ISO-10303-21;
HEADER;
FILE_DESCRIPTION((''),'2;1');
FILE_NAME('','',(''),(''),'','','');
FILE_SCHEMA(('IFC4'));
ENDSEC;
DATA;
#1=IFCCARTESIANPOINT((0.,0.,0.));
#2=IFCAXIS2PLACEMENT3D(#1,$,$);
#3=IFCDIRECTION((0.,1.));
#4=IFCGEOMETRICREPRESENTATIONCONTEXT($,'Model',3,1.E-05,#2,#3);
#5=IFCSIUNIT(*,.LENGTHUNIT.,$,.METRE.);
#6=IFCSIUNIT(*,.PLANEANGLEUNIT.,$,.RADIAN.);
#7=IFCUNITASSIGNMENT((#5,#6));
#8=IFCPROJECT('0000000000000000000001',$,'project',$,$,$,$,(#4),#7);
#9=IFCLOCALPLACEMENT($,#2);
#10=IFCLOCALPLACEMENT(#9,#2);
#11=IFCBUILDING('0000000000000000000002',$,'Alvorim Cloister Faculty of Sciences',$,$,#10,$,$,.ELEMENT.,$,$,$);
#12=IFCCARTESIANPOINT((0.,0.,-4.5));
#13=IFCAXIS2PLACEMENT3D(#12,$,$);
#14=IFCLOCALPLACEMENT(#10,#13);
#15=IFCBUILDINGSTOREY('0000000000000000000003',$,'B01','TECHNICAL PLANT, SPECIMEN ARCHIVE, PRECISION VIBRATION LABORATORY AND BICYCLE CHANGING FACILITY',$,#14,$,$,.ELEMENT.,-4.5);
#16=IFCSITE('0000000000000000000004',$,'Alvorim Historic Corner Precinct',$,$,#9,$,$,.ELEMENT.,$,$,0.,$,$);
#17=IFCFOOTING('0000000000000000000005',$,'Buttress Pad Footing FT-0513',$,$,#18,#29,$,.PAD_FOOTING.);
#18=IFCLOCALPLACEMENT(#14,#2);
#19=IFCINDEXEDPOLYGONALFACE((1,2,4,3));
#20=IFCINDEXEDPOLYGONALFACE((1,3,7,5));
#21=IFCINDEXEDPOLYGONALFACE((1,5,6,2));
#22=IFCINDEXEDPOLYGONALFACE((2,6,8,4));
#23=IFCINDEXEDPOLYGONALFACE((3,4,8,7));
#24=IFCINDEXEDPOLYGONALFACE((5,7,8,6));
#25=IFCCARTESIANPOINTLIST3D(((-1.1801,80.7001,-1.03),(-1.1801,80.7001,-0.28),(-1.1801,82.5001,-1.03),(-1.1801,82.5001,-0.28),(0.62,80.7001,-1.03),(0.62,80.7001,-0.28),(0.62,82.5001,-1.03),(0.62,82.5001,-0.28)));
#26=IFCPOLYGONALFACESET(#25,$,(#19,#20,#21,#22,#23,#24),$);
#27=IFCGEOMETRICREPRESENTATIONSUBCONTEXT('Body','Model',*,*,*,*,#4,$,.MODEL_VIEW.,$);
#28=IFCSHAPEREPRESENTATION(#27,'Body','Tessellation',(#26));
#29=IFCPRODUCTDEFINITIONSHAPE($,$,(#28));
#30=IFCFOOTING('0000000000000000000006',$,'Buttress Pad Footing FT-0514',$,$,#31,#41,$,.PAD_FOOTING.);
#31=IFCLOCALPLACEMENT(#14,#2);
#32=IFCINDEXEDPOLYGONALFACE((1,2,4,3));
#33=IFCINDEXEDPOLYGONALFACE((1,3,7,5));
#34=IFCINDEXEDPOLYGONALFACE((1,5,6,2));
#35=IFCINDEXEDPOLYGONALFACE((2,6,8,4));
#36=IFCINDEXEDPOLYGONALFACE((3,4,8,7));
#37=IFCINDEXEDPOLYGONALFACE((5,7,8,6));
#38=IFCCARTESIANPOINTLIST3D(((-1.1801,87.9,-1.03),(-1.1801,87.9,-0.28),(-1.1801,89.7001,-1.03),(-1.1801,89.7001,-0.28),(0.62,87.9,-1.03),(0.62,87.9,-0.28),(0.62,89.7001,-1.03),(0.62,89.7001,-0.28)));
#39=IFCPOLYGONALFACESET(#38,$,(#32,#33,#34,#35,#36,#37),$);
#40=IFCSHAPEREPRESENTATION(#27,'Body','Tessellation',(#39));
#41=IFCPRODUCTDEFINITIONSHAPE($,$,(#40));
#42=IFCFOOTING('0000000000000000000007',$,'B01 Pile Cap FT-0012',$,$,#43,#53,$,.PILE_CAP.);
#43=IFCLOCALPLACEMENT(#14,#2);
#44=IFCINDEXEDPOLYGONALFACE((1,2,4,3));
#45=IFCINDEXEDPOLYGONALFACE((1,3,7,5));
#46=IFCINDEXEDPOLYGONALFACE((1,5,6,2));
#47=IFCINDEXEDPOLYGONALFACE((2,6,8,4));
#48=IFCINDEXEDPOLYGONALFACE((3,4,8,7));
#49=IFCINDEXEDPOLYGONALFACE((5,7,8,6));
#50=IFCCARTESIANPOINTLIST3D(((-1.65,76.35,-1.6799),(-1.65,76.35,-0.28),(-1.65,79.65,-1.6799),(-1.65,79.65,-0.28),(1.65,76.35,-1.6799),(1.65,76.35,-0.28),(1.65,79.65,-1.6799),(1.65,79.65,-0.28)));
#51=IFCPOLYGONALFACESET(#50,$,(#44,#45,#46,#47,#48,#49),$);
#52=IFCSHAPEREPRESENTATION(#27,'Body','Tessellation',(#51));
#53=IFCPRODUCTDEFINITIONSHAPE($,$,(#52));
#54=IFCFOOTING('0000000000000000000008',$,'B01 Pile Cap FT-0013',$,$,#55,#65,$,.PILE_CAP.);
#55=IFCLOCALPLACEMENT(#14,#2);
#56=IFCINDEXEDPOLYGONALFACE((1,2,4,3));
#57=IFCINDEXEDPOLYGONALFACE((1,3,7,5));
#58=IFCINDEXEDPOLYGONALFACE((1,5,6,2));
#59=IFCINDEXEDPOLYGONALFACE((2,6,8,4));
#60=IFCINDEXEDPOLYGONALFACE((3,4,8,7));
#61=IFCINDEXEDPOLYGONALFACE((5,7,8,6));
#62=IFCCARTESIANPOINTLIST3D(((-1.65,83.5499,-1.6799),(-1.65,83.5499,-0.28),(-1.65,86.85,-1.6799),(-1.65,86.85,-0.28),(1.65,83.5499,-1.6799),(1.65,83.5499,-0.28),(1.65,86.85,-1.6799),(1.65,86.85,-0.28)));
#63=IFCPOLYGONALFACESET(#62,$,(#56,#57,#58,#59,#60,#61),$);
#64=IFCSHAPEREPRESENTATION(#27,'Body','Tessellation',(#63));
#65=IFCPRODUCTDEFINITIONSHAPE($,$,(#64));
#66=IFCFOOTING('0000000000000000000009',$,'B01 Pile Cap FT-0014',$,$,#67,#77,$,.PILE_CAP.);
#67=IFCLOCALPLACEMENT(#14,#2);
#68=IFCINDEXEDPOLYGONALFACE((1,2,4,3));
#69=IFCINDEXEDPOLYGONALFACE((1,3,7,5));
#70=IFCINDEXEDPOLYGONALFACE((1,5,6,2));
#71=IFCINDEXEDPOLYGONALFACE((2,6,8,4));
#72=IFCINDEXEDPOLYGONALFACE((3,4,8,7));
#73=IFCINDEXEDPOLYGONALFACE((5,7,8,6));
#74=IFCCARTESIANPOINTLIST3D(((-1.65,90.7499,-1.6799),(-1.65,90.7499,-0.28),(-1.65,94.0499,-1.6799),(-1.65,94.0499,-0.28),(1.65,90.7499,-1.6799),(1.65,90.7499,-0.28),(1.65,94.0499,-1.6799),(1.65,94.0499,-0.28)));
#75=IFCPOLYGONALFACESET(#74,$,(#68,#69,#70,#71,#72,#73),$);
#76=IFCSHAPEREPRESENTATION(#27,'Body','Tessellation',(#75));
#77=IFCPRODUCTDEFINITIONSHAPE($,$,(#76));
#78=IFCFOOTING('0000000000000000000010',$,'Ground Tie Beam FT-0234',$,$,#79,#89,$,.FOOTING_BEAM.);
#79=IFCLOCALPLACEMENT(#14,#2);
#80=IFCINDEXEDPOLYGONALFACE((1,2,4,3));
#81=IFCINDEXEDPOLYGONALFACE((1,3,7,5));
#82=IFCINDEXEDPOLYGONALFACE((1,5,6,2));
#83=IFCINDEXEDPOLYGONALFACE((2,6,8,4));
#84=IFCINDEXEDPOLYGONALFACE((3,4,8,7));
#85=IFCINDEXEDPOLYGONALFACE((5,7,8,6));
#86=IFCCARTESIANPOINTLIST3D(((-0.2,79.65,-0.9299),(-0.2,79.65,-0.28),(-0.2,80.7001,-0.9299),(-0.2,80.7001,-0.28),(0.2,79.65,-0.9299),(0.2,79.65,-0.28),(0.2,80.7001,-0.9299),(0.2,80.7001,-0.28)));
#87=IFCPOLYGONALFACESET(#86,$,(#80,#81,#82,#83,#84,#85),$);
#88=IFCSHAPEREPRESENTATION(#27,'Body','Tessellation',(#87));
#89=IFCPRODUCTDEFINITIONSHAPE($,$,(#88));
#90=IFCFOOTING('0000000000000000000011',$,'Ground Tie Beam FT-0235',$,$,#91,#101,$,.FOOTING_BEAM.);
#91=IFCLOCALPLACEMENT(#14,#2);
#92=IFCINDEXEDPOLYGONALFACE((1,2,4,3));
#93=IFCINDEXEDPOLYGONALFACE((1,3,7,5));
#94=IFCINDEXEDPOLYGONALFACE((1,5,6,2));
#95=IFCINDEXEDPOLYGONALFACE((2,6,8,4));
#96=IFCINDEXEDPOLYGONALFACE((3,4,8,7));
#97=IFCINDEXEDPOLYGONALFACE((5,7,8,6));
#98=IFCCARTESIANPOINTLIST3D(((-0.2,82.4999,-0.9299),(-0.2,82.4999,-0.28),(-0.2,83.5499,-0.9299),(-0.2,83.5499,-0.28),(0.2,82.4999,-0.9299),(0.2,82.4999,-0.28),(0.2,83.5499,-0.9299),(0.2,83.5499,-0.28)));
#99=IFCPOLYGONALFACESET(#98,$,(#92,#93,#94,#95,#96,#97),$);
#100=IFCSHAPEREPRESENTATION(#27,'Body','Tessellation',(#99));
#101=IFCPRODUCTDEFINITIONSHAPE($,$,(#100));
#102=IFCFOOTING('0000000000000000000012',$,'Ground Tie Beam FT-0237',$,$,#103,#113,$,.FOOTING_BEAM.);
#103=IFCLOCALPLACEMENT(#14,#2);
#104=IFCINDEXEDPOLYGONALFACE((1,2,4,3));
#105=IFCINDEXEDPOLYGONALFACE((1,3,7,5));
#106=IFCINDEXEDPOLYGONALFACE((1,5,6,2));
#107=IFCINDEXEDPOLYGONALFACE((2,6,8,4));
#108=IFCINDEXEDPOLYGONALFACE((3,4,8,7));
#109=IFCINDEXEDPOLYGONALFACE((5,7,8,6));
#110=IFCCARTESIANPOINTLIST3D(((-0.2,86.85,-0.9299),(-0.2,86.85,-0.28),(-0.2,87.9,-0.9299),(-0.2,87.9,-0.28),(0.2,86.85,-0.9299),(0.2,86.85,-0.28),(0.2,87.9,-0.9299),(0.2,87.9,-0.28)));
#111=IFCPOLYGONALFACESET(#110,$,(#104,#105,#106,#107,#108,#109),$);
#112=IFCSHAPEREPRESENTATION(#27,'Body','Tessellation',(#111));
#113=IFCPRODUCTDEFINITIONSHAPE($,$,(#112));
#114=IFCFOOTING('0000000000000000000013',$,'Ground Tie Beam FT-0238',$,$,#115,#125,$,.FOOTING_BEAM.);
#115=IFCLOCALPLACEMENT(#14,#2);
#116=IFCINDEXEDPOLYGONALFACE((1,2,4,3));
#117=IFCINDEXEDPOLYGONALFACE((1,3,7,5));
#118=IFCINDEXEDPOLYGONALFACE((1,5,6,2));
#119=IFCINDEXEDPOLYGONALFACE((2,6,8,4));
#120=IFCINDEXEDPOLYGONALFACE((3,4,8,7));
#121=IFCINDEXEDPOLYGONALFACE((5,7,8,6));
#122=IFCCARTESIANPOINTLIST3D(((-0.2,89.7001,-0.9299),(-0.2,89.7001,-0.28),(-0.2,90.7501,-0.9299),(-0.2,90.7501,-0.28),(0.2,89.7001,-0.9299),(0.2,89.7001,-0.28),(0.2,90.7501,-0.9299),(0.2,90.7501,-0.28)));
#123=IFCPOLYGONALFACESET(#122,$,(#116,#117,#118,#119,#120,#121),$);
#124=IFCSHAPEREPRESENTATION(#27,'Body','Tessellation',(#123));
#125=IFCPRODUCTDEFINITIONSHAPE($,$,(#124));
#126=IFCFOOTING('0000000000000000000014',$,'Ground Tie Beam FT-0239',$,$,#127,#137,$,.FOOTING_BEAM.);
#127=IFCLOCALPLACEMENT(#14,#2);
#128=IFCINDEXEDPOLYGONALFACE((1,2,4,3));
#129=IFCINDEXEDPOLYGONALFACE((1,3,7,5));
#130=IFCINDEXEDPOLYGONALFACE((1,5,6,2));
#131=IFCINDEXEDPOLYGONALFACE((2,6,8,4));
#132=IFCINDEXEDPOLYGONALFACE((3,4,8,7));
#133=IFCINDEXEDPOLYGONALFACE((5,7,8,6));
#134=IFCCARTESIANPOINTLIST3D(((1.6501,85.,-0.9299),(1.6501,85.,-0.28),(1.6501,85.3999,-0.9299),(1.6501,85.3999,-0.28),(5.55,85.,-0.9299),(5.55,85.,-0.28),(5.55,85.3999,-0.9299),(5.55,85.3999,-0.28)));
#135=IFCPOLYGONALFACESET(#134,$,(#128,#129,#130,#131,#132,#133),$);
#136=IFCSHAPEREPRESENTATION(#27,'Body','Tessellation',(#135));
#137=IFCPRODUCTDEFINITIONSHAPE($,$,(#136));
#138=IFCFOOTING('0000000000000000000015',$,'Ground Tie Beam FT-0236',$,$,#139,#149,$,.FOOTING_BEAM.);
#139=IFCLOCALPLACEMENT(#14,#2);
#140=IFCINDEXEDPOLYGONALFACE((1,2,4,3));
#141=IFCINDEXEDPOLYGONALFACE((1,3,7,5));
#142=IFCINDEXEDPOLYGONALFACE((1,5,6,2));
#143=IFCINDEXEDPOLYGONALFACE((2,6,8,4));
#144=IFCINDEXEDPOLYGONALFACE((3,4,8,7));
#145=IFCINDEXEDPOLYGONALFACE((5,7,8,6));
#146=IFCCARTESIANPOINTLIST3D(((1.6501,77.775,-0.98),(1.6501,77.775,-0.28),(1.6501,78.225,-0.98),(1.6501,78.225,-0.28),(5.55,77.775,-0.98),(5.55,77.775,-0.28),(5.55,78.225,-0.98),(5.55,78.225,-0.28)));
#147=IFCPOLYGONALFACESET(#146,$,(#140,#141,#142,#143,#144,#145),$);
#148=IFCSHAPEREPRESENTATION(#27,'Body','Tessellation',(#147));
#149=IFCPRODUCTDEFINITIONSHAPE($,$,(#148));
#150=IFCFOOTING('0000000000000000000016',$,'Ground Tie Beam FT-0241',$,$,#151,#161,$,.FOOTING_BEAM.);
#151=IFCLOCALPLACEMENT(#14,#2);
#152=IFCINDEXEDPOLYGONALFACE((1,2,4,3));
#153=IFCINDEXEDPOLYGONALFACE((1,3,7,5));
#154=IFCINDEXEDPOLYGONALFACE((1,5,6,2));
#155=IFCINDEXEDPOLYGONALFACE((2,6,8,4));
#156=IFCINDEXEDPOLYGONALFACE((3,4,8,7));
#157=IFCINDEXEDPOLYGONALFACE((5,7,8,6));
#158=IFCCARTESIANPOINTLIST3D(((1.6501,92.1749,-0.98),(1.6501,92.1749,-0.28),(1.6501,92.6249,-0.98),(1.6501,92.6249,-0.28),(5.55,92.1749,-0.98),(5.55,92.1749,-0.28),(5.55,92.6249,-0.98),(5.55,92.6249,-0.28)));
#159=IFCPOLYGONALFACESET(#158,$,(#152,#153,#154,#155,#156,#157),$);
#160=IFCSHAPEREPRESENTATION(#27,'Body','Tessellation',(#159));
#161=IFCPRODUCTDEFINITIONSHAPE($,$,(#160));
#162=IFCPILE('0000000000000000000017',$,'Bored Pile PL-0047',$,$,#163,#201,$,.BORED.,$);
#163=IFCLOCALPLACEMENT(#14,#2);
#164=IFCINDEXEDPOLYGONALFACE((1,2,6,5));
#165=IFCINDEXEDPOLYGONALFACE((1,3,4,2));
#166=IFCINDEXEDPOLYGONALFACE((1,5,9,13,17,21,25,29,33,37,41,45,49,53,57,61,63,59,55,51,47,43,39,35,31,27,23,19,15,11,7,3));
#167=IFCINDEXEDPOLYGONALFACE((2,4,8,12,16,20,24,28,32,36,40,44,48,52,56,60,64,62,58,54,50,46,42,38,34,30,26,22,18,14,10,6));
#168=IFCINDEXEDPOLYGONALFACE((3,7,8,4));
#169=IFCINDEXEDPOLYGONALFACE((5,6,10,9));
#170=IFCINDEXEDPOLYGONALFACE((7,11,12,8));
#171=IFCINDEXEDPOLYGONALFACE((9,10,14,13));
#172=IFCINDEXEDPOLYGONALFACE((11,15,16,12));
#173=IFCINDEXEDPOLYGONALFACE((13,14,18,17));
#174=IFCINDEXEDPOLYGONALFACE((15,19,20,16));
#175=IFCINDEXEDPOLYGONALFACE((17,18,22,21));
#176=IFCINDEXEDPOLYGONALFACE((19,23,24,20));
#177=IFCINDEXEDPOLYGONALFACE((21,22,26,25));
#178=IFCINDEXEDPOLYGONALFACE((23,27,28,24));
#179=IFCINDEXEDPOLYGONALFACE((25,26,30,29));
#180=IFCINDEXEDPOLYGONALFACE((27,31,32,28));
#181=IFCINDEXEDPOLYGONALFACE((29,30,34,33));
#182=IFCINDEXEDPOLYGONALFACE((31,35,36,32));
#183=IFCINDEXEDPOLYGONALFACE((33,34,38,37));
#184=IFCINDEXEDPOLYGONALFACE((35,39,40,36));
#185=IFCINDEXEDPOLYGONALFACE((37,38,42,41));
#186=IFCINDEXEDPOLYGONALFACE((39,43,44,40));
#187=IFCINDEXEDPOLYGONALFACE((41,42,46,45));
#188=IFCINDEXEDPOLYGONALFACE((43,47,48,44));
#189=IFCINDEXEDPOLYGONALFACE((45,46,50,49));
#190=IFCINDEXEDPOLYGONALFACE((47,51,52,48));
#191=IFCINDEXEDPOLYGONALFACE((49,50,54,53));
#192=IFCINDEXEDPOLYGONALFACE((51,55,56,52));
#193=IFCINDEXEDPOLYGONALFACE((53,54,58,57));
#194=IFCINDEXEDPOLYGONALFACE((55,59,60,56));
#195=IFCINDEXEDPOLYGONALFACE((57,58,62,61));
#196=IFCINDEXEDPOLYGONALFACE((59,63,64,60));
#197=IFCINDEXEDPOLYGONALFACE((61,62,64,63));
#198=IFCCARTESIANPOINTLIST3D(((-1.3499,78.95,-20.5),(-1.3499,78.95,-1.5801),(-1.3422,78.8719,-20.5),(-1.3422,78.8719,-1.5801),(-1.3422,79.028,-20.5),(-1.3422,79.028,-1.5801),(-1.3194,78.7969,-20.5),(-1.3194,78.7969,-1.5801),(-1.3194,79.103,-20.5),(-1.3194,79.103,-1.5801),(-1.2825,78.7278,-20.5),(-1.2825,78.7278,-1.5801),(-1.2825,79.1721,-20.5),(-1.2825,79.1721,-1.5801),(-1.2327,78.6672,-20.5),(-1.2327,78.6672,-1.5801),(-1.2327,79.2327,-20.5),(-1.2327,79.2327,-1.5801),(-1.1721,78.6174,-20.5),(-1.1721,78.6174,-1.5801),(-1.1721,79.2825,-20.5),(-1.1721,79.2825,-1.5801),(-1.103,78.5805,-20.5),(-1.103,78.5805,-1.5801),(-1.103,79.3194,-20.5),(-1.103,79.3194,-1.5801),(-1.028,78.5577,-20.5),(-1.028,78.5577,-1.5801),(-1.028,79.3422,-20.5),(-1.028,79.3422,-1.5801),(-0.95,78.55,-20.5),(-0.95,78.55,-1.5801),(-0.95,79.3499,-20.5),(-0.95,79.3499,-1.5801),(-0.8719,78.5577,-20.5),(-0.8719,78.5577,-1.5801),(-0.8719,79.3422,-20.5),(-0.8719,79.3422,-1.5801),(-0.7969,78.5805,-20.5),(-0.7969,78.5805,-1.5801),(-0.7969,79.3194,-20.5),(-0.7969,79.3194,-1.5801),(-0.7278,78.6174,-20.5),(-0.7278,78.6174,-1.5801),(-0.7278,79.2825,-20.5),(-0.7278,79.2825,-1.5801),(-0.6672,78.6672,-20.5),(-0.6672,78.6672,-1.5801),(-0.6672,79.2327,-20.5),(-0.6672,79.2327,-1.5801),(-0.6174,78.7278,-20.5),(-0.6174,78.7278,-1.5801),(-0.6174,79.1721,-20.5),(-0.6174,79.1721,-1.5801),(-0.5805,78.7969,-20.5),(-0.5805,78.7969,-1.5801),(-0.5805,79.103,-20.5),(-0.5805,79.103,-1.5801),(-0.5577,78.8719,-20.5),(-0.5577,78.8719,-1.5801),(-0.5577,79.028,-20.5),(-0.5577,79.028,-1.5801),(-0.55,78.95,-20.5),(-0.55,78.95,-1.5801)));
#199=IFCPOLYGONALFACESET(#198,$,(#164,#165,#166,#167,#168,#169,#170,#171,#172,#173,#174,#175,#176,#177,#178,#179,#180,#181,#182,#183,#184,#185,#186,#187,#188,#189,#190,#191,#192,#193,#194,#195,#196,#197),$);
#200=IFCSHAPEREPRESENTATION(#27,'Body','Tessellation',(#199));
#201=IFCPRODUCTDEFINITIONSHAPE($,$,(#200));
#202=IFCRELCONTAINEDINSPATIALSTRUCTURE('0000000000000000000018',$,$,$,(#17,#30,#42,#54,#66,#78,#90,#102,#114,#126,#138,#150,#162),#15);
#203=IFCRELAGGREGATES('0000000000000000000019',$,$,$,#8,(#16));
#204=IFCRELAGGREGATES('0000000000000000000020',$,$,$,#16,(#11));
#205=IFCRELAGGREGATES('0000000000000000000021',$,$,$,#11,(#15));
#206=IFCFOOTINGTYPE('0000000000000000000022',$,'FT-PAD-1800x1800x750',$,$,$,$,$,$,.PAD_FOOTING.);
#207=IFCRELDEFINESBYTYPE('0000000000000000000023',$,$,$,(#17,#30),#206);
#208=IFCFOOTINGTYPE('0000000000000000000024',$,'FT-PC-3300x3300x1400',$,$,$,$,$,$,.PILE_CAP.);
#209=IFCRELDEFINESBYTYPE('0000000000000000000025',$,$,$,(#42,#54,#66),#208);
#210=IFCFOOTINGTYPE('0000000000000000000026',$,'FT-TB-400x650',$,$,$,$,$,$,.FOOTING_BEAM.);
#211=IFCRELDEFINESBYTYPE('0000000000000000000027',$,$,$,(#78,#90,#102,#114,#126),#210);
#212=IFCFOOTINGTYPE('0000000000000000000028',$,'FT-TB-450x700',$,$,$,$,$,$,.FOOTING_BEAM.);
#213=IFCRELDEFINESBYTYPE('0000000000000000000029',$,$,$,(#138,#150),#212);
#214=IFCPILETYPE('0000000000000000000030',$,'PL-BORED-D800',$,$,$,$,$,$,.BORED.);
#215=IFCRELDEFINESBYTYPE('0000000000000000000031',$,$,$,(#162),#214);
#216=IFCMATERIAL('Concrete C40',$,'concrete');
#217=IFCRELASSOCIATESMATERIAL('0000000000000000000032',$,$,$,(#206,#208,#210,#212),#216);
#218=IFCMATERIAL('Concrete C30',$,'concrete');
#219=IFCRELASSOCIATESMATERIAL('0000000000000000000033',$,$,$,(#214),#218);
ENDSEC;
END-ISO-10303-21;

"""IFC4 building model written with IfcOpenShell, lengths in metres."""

from ifc_helpers import new_model, si_unit, direction, frame, origin, origin_2d, place, context, subcontext, project, spatial, rectangle, circle, extrude, material, material_profile, profile_set, type_object, element, save


model = new_model("IFC4")

# Units and contexts
model_context = context("Model", 3, precision=1e-05, world=origin(), true_north=direction((0.0, 1.0)))
body_context = subcontext(model_context, "Body", "Model", "MODEL_VIEW")
ifc_project = project(units=[si_unit("LENGTHUNIT", "METRE"), si_unit("PLANEANGLEUNIT", "RADIAN")], contexts=[model_context])

# Site, building, storey
site_placement = place(None, origin())
site = spatial("IfcSite", under=ifc_project, at=site_placement, Name="Alvorim Historic Corner Precinct", CompositionType="ELEMENT", RefElevation=0.0)
building_placement = place(site_placement, origin())
building = spatial("IfcBuilding", under=site, at=building_placement, Name="Alvorim Cloister Faculty of Sciences", CompositionType="ELEMENT")
storey_placement = place(building_placement, frame((0.0, 0.0, -4.5)))
storey = spatial("IfcBuildingStorey", under=building, at=storey_placement, Name="B01", Description="TECHNICAL PLANT, SPECIMEN ARCHIVE, PRECISION VIBRATION LABORATORY AND BICYCLE CHANGING FACILITY", CompositionType="ELEMENT", Elevation=-4.5)

# Footings
ifc_material_1 = material(Name="Concrete C40", Category="concrete")
footing_type_1 = type_object("IfcFootingType", Name="FT-PAD-1800x1800x750", PredefinedType="PAD_FOOTING", material=ifc_material_1)
for number, where, z_axis, x_axis, name in (
    (1, (-0.28, 81.6001, -1.03), (0.0, 0.0, 1.0), (1.0, 0.0, 0.0), "Buttress Pad Footing FT-0513"),
    (2, (-0.28, 88.8, -1.03), (0.0, 0.0, 1.0), (1.0, 0.0, 0.0), "Buttress Pad Footing FT-0514"),
):
    element("IfcFooting", number, at=place(storey_placement, frame(where, z_axis=z_axis, x_axis=x_axis)), inside=storey, type_object=footing_type_1, Name=name, PredefinedType="PAD_FOOTING", context=body_context, shape_type="SweptSolid", body=[
        extrude(rectangle(XDim=1.8, YDim=1.8, at=origin_2d()), origin(), (0.0, 0.0, 1.0), 0.75),
    ])
footing_type_2 = type_object("IfcFootingType", Name="FT-PC-3300x3300x1400", PredefinedType="PILE_CAP", material=ifc_material_1)
for number, where, z_axis, x_axis, name in (
    (3, (0.0, 78.0, -1.6799), (0.0, 0.0, 1.0), (1.0, 0.0, 0.0), "B01 Pile Cap FT-0012"),
    (4, (0.0, 85.2, -1.6799), (0.0, 0.0, 1.0), (1.0, 0.0, 0.0), "B01 Pile Cap FT-0013"),
    (5, (0.0, 92.3999, -1.6799), (0.0, 0.0, 1.0), (1.0, 0.0, 0.0), "B01 Pile Cap FT-0014"),
):
    element("IfcFooting", number, at=place(storey_placement, frame(where, z_axis=z_axis, x_axis=x_axis)), inside=storey, type_object=footing_type_2, Name=name, PredefinedType="PILE_CAP", context=body_context, shape_type="SweptSolid", body=[
        extrude(rectangle(XDim=3.3, YDim=3.3, at=origin_2d()), origin(), (0.0, 0.0, 1.0), 1.3999),
    ])
footing_type_3 = type_object("IfcFootingType", Name="FT-TB-400x650", PredefinedType="FOOTING_BEAM", material=ifc_material_1)
for number, where, z_axis, x_axis, name in (
    (6, (0.0, 80.175, -0.9299), (0.0, 0.0, 1.0), (1.0, 0.0, 0.0), "Ground Tie Beam FT-0234"),
    (7, (0.0, 83.0249, -0.9299), (0.0, 0.0, 1.0), (1.0, 0.0, 0.0), "Ground Tie Beam FT-0235"),
    (8, (0.0, 87.375, -0.9299), (0.0, 0.0, 1.0), (1.0, 0.0, 0.0), "Ground Tie Beam FT-0237"),
    (9, (0.0, 90.2251, -0.9299), (0.0, 0.0, 1.0), (1.0, 0.0, 0.0), "Ground Tie Beam FT-0238"),
):
    element("IfcFooting", number, at=place(storey_placement, frame(where, z_axis=z_axis, x_axis=x_axis)), inside=storey, type_object=footing_type_3, Name=name, PredefinedType="FOOTING_BEAM", context=body_context, shape_type="SweptSolid", body=[
        extrude(rectangle(XDim=0.3999, YDim=1.05, at=origin_2d()), origin(), (0.0, 0.0, 1.0), 0.6499),
    ])
footing_placement = place(storey_placement, frame((3.6001, 85.2, -0.9299), z_axis=(0.0, 0.0, 1.0), x_axis=(1.0, 0.0, 0.0)))
element("IfcFooting", 10, at=footing_placement, inside=storey, type_object=footing_type_3, Name="Ground Tie Beam FT-0239", PredefinedType="FOOTING_BEAM", context=body_context, shape_type="SweptSolid", body=[
    extrude(rectangle(XDim=3.8999, YDim=0.3999, at=origin_2d()), origin(), (0.0, 0.0, 1.0), 0.6499),
])
footing_type_4 = type_object("IfcFootingType", Name="FT-TB-450x700", PredefinedType="FOOTING_BEAM", material=ifc_material_1)
for number, where, z_axis, x_axis, name in (
    (11, (3.6001, 78.0, -0.98), (0.0, 0.0, 1.0), (1.0, 0.0, 0.0), "Ground Tie Beam FT-0236"),
    (12, (3.6001, 92.3999, -0.98), (0.0, 0.0, 1.0), (1.0, 0.0, 0.0), "Ground Tie Beam FT-0241"),
):
    element("IfcFooting", number, at=place(storey_placement, frame(where, z_axis=z_axis, x_axis=x_axis)), inside=storey, type_object=footing_type_4, Name=name, PredefinedType="FOOTING_BEAM", context=body_context, shape_type="SweptSolid", body=[
        extrude(rectangle(XDim=3.8999, YDim=0.45, at=origin_2d()), origin(), (0.0, 0.0, 1.0), 0.7),
    ])

# Pile
ifc_material_2 = material(Name="Concrete C30", Category="concrete")
ifc_material_profile_1 = material_profile(ifc_material_2, circle(Radius=0.3999, at=origin_2d()), Name="PILE-D800")
ifc_profile_set_1 = profile_set([ifc_material_profile_1], Name="Concrete C30")
pile_type = type_object("IfcPileType", Name="PL-BORED-D800", PredefinedType="BORED", material=ifc_profile_set_1)
for number, where, z_axis, x_axis, name in (
    (13, (-0.95, 78.95, -1.5801), (0.0, 0.0, -1.0), (1.0, 0.0, 0.0), "Bored Pile PL-0047"),
):
    element("IfcPile", number, at=place(storey_placement, frame(where, z_axis=z_axis, x_axis=x_axis)), inside=storey, type_object=pile_type, Name=name, PredefinedType="BORED", context=body_context, shape_type="SweptSolid", body=[
        extrude(circle(Radius=0.3999, at=origin_2d()), origin(), (0.0, 0.0, 1.0), 18.9199),
    ])

save(model, "model.ifc")
